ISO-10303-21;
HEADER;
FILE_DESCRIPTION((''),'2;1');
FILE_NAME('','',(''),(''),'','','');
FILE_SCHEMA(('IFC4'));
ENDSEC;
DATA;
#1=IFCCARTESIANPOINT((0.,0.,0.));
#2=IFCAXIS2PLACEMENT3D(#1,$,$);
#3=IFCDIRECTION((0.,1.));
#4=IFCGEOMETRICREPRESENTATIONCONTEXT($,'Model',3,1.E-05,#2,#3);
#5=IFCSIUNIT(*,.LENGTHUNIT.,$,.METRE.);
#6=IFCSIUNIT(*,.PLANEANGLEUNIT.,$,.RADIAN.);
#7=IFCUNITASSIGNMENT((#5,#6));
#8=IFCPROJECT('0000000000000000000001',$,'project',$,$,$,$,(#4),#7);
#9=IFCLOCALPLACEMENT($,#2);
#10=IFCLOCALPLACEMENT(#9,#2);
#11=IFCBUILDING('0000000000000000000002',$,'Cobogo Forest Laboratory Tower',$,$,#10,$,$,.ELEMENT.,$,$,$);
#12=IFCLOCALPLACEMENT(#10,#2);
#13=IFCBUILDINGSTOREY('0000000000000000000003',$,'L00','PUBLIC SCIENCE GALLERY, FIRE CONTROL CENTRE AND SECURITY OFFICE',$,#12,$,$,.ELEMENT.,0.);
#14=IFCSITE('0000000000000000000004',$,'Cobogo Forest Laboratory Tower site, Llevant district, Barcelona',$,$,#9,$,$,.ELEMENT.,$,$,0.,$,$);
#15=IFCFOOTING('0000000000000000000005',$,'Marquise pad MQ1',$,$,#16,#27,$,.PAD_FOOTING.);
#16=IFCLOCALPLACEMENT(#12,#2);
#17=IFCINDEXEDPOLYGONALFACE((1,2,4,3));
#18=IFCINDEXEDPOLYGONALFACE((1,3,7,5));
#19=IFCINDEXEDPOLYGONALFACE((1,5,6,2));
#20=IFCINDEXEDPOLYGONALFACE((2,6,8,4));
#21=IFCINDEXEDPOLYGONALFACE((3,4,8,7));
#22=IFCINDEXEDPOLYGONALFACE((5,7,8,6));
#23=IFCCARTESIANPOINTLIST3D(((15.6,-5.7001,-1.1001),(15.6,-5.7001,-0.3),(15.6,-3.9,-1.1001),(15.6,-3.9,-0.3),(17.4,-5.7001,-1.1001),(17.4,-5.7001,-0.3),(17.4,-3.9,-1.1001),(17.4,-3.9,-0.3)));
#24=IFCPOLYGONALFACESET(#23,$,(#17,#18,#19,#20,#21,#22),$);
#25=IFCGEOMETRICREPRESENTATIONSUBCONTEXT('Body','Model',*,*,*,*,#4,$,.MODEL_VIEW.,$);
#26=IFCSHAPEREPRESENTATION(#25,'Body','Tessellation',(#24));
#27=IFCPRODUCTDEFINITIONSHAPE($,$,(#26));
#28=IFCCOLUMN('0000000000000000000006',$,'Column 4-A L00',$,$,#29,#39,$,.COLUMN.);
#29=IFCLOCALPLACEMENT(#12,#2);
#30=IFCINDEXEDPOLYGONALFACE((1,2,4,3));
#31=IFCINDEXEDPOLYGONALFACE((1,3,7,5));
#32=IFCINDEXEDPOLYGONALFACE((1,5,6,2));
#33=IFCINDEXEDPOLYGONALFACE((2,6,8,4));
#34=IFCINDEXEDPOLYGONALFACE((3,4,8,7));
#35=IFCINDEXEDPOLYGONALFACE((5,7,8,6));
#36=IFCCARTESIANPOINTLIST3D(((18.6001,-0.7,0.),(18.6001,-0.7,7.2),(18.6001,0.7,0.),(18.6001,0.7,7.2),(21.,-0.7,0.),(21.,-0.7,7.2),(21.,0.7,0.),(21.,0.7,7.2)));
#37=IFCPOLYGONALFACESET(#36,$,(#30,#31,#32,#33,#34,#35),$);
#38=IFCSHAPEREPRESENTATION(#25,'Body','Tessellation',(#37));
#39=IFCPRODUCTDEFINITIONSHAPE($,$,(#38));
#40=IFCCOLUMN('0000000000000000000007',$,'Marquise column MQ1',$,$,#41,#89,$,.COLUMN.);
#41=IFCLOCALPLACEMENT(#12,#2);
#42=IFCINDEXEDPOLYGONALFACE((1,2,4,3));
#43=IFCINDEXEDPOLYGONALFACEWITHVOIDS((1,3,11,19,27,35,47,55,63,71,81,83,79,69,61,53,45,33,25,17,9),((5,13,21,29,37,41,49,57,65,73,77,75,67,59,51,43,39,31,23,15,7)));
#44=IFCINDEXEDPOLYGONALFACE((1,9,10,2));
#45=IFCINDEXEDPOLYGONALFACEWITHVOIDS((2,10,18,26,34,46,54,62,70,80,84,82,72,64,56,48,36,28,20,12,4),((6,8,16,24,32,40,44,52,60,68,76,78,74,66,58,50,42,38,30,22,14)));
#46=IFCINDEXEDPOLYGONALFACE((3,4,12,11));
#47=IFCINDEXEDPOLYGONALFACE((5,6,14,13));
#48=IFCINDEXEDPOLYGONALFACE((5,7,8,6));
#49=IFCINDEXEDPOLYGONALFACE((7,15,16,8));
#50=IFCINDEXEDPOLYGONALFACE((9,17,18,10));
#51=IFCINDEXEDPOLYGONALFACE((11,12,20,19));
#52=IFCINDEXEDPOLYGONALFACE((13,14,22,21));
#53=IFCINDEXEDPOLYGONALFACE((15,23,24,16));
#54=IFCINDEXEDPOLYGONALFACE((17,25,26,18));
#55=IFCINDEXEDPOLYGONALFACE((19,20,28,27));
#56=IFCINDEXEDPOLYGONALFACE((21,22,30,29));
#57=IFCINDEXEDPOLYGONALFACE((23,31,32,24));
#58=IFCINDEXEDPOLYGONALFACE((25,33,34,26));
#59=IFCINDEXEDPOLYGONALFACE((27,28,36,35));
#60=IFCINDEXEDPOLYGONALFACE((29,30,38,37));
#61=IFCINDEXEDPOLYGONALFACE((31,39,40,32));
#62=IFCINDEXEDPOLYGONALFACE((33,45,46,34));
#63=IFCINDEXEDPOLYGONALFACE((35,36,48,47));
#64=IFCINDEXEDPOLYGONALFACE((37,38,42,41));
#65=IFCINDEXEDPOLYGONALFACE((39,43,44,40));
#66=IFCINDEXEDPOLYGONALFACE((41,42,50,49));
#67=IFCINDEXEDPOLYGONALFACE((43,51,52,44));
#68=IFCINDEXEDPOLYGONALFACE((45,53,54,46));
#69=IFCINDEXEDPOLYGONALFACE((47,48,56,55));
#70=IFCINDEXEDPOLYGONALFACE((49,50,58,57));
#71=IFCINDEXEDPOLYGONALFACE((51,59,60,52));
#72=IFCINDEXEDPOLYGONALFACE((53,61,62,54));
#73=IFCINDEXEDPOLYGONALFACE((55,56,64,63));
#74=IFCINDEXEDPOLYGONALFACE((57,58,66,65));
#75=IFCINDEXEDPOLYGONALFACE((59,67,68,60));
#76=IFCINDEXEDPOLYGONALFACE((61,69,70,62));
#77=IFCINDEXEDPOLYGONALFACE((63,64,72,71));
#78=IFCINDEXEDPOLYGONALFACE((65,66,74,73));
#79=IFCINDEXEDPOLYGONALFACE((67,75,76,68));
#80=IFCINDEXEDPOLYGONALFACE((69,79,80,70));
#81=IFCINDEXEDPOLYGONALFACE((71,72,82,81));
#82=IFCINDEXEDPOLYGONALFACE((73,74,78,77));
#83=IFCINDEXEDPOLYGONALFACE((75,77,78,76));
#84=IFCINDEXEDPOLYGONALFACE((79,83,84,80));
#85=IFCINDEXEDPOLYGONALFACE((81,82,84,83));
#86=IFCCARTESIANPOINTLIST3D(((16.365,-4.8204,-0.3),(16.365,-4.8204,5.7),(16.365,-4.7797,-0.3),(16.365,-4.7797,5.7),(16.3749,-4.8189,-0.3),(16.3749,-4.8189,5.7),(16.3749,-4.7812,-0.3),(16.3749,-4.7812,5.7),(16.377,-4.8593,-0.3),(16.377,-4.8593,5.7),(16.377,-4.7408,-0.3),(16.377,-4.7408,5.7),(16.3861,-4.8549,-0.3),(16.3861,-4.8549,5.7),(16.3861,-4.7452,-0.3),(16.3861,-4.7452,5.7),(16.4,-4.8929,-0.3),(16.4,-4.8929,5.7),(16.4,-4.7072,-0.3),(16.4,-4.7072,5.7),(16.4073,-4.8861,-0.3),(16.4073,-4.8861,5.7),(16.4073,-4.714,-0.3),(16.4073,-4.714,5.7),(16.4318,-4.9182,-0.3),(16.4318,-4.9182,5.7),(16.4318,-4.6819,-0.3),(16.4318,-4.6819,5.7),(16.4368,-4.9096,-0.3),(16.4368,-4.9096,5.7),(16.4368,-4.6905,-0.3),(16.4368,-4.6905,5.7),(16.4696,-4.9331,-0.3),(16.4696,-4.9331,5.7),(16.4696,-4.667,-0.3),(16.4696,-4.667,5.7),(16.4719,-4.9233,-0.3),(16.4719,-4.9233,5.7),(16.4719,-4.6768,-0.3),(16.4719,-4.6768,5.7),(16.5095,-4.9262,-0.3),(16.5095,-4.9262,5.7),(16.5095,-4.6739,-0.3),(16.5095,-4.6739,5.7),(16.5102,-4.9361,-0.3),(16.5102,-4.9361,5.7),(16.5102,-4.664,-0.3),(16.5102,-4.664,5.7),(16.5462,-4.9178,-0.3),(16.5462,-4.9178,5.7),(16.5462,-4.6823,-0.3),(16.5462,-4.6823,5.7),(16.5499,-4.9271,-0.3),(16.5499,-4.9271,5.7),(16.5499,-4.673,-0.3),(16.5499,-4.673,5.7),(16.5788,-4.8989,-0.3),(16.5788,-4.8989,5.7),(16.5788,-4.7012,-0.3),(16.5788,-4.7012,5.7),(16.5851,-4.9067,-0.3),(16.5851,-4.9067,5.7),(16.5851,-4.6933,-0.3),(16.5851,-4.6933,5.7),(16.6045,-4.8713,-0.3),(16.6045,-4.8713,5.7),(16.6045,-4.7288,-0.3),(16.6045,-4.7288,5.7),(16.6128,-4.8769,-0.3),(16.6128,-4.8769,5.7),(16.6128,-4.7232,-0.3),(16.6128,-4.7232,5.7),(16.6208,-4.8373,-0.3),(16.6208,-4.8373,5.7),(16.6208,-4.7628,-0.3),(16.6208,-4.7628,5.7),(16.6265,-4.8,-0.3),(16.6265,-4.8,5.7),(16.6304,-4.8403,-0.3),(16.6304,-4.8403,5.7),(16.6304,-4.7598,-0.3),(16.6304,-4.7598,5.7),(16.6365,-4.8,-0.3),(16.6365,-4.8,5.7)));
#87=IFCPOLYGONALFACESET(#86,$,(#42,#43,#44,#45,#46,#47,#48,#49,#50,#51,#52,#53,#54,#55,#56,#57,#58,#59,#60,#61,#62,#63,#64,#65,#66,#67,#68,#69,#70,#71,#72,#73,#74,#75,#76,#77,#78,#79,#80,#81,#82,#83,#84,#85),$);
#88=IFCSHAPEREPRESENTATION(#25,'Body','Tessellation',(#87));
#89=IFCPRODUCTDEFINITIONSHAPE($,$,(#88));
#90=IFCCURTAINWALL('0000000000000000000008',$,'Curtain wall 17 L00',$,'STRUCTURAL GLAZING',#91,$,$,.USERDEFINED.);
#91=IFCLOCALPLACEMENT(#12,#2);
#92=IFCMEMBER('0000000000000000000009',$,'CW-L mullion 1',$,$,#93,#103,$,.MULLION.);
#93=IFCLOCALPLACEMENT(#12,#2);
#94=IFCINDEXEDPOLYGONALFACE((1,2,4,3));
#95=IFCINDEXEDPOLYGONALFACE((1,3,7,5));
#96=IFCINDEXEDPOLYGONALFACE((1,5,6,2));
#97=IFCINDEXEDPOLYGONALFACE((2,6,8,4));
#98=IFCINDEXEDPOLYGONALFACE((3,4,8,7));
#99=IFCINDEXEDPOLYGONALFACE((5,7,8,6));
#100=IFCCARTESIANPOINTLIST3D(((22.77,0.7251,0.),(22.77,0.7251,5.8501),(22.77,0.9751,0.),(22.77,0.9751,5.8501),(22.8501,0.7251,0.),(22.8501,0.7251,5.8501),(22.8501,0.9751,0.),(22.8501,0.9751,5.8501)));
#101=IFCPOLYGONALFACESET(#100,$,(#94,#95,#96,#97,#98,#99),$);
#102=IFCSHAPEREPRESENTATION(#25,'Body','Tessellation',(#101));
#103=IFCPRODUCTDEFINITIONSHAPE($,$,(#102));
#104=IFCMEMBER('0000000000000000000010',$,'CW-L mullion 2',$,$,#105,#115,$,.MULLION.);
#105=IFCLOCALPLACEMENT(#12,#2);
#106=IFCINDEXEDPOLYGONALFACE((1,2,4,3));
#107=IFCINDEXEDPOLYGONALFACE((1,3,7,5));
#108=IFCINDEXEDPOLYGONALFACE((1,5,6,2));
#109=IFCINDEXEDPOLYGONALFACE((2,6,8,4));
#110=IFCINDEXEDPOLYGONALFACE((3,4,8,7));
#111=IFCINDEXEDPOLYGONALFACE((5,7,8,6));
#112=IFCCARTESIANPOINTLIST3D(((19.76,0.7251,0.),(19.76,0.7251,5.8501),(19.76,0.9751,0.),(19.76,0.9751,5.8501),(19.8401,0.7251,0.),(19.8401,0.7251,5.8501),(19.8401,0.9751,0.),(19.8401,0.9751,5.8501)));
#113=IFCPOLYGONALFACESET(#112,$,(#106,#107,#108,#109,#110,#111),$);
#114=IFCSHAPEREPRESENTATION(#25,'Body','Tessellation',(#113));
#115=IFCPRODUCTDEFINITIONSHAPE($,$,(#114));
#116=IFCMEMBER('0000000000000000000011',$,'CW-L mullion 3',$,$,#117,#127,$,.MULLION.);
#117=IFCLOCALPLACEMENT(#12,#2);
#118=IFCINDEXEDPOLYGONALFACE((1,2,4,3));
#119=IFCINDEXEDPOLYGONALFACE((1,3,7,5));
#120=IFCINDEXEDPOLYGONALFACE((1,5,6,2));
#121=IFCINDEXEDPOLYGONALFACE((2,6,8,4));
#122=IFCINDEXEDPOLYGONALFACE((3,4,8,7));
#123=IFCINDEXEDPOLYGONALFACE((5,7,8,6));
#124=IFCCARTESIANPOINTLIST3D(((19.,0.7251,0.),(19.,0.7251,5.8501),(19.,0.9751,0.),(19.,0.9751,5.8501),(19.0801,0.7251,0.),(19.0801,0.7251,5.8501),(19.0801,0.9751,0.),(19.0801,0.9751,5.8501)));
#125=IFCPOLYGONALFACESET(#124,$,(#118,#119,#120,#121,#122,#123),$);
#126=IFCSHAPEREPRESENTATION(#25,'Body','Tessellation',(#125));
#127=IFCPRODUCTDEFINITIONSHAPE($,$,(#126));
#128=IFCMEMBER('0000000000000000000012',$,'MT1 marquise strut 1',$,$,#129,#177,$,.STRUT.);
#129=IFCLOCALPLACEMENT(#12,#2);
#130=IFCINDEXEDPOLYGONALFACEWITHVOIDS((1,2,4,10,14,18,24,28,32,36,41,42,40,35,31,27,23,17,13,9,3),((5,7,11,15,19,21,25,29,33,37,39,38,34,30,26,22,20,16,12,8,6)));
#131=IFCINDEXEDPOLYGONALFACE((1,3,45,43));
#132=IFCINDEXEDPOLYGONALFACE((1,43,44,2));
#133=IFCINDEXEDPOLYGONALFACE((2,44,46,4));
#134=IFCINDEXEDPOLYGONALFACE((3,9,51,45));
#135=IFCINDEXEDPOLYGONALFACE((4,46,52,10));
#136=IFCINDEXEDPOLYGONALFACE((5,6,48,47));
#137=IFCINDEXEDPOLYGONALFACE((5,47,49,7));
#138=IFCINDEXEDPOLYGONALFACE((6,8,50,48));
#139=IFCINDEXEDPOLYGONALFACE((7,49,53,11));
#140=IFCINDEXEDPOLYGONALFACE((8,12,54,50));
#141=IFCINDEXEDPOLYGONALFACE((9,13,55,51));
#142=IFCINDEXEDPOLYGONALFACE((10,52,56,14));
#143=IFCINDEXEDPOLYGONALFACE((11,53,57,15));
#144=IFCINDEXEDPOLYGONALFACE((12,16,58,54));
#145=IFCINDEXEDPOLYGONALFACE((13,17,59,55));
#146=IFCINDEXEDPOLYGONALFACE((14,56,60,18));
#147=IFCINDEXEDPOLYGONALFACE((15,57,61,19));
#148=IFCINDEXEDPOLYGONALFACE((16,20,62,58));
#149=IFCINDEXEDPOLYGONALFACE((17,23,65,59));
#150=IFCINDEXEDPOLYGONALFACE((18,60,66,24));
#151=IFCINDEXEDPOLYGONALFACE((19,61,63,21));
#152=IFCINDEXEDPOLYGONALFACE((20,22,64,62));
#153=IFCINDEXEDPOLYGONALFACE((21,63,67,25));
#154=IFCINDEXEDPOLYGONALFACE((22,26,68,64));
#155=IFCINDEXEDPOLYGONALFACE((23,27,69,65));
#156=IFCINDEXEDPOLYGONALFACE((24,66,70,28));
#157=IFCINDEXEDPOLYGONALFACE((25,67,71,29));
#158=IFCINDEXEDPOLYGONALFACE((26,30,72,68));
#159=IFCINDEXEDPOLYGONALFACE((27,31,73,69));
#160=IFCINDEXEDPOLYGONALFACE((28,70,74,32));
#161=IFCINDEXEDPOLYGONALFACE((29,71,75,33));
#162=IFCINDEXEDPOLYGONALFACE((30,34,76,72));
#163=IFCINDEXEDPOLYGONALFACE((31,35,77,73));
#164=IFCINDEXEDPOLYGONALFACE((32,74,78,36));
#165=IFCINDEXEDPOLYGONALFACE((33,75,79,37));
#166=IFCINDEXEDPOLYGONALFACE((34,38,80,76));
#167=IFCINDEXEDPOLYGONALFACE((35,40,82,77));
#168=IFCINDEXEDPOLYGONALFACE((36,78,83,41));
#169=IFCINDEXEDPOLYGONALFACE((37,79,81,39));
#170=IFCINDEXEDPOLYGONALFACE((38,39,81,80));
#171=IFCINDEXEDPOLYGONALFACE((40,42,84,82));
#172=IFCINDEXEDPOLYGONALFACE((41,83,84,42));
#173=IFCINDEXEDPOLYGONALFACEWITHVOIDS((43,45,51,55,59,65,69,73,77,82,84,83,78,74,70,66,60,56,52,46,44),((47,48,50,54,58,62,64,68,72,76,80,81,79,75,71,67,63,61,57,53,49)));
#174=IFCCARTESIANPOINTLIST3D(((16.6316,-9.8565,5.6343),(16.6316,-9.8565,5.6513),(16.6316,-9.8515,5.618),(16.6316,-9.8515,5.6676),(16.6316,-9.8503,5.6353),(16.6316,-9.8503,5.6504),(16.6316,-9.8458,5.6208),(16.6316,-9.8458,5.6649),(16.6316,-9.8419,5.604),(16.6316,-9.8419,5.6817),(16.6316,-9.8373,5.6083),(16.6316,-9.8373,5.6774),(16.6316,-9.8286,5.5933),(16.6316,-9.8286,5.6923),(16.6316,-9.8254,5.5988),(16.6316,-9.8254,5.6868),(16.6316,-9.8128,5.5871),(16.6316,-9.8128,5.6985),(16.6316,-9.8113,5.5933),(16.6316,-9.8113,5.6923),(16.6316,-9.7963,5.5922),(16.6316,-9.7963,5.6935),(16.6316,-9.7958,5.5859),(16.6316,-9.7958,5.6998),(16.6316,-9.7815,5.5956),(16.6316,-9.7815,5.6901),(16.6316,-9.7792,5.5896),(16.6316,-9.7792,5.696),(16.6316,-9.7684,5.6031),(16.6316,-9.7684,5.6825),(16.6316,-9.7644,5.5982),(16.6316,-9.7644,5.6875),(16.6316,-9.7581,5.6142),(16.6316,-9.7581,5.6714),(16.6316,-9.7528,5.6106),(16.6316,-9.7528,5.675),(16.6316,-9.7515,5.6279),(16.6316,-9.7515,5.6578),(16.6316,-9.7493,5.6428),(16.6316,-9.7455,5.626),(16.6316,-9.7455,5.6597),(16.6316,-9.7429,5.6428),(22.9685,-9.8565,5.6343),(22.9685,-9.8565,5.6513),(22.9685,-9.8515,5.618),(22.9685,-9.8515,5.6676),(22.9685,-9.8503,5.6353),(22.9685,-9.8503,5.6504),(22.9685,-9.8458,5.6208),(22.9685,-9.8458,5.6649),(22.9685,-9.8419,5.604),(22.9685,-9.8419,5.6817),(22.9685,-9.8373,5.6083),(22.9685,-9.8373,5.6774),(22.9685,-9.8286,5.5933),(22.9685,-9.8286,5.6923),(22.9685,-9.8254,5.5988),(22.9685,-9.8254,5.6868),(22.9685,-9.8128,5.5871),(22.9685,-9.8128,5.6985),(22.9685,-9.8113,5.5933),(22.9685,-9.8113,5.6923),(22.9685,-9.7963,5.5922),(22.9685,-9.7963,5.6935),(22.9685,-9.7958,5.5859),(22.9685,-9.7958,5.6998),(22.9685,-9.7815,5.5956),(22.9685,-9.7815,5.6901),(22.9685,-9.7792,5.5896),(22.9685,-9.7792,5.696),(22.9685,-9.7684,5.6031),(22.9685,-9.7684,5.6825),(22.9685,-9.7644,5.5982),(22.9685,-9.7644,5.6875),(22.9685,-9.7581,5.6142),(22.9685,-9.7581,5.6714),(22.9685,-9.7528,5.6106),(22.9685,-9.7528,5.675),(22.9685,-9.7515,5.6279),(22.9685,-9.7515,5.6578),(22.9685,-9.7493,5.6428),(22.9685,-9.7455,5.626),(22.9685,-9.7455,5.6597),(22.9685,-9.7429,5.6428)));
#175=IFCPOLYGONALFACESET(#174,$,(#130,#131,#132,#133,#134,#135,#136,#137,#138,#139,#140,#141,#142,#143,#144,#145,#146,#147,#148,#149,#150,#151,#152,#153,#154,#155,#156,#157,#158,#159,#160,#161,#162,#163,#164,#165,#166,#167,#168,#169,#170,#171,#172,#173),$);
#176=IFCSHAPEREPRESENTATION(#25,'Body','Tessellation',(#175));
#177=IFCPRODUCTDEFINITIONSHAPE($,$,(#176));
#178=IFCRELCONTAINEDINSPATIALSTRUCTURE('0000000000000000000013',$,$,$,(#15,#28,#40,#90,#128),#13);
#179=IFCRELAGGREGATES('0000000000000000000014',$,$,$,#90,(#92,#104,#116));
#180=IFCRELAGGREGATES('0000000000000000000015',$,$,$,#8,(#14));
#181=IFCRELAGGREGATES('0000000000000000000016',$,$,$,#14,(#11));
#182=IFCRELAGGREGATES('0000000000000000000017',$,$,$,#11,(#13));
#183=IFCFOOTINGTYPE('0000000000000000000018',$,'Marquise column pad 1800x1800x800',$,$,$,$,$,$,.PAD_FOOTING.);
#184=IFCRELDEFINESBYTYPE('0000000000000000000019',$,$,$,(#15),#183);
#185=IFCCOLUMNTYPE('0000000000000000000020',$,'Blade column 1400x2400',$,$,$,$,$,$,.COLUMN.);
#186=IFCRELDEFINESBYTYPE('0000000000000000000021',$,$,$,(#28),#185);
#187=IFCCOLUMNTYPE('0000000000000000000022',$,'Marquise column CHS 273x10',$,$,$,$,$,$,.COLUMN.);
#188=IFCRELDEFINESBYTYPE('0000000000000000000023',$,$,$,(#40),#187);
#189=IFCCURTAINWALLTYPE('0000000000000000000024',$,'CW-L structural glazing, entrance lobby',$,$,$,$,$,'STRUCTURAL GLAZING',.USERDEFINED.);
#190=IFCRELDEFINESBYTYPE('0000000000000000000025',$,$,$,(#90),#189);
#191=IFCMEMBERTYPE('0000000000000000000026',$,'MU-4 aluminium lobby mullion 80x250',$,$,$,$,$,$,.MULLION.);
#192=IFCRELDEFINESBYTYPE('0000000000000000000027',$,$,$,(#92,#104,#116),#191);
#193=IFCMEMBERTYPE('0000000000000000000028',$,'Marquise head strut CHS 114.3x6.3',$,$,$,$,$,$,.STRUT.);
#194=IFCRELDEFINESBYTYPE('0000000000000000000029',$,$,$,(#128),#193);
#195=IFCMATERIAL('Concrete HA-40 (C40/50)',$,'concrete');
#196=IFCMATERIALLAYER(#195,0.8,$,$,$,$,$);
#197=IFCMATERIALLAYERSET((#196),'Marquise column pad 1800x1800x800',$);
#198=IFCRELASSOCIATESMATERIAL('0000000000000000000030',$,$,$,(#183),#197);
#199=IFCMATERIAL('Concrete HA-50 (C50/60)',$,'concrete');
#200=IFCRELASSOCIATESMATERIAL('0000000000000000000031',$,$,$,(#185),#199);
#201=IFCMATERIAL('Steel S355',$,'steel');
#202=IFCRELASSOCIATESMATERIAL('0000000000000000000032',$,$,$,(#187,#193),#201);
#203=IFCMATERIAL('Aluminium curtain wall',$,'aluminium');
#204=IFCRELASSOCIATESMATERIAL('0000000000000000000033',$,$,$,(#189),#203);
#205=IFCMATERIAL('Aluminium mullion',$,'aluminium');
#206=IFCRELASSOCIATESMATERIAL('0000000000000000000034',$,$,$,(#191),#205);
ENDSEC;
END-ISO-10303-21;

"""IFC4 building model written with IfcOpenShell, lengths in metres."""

from ifc_helpers import new_model, si_unit, direction, frame, origin, origin_2d, place, context, subcontext, project, spatial, rectangle, hollow_circle, extrude, material, layer, layer_set, material_profile, profile_set, type_object, element, aggregate, save


model = new_model("IFC4")

# Units and contexts
model_context = context("Model", 3, precision=1e-05, world=origin(), true_north=direction((0.0, 1.0)))
body_context = subcontext(model_context, "Body", "Model", "MODEL_VIEW")
ifc_project = project(units=[si_unit("LENGTHUNIT", "METRE"), si_unit("PLANEANGLEUNIT", "RADIAN")], contexts=[model_context])

# Site, building, storey
site_placement = place(None, origin())
site = spatial("IfcSite", under=ifc_project, at=site_placement, Name="Cobogo Forest Laboratory Tower site, Llevant district, Barcelona", CompositionType="ELEMENT", RefElevation=0.0)
building_placement = place(site_placement, origin())
building = spatial("IfcBuilding", under=site, at=building_placement, Name="Cobogo Forest Laboratory Tower", CompositionType="ELEMENT")
storey_placement = place(building_placement, origin())
storey = spatial("IfcBuildingStorey", under=building, at=storey_placement, Name="L00", Description="PUBLIC SCIENCE GALLERY, FIRE CONTROL CENTRE AND SECURITY OFFICE", CompositionType="ELEMENT", Elevation=0.0)

# Footing
ifc_material_1 = material(Name="Concrete HA-40 (C40/50)", Category="concrete")
ifc_layer_1 = layer(ifc_material_1, 0.8)
ifc_layer_set_1 = layer_set([ifc_layer_1], Name="Marquise column pad 1800x1800x800")
footing_type = type_object("IfcFootingType", Name="Marquise column pad 1800x1800x800", PredefinedType="PAD_FOOTING", material=ifc_layer_set_1)
footing_placement = place(storey_placement, frame((16.5, -4.8, -1.1001), z_axis=(0.0, 0.0, 1.0), x_axis=(1.0, 0.0, 0.0)))
element("IfcFooting", 1, at=footing_placement, inside=storey, type_object=footing_type, Name="Marquise pad MQ1", PredefinedType="PAD_FOOTING", context=body_context, shape_type="SweptSolid", body=[
    extrude(rectangle(XDim=1.8, YDim=1.8, at=origin_2d()), origin(), (0.0, 0.0, 1.0), 0.8),
])

# Columns
ifc_material_2 = material(Name="Concrete HA-50 (C50/60)", Category="concrete")
ifc_material_profile_1 = material_profile(ifc_material_2, rectangle(XDim=2.3999, YDim=1.3999, at=origin_2d()), Name="RC 1400x2400")
ifc_profile_set_1 = profile_set([ifc_material_profile_1], Name="Concrete HA-50 (C50/60)")
column_type_1 = type_object("IfcColumnType", Name="Blade column 1400x2400", PredefinedType="COLUMN", material=ifc_profile_set_1)
column_1_placement = place(storey_placement, frame((19.8, 0.0, 0.0), z_axis=(0.0, 0.0, 1.0), x_axis=(1.0, 0.0, 0.0)))
element("IfcColumn", 2, at=column_1_placement, inside=storey, type_object=column_type_1, Name="Column 4-A L00", PredefinedType="COLUMN", context=body_context, shape_type="SweptSolid", body=[
    extrude(rectangle(XDim=2.3999, YDim=1.3999, at=origin_2d()), origin(), (0.0, 0.0, 1.0), 7.2),
])
ifc_material_3 = material(Name="Steel S355", Category="steel")
ifc_material_profile_2 = material_profile(ifc_material_3, hollow_circle(Radius=0.1365, WallThickness=0.01, at=origin_2d()), Name="CHS 273x10")
ifc_profile_set_2 = profile_set([ifc_material_profile_2], Name="Steel S355")
column_type_2 = type_object("IfcColumnType", Name="Marquise column CHS 273x10", PredefinedType="COLUMN", material=ifc_profile_set_2)
column_2_placement = place(storey_placement, frame((16.5, -4.8, -0.3), z_axis=(0.0, 0.0, 1.0), x_axis=(1.0, 0.0, 0.0)))
element("IfcColumn", 3, at=column_2_placement, inside=storey, type_object=column_type_2, Name="Marquise column MQ1", PredefinedType="COLUMN", context=body_context, shape_type="SweptSolid", body=[
    extrude(hollow_circle(Radius=0.1365, WallThickness=0.01, at=origin_2d()), origin(), (0.0, 0.0, 1.0), 6.0),
])

# Curtain wall, members
ifc_material_4 = material(Name="Aluminium curtain wall", Category="aluminium")
curtain_wall_type = type_object("IfcCurtainWallType", Name="CW-L structural glazing, entrance lobby", ElementType="STRUCTURAL GLAZING", PredefinedType="USERDEFINED", material=ifc_material_4)
curtain_wall_placement = place(storey_placement, origin())
curtain_wall = element("IfcCurtainWall", 4, at=curtain_wall_placement, inside=storey, type_object=curtain_wall_type, Name="Curtain wall 17 L00", ObjectType="STRUCTURAL GLAZING", PredefinedType="USERDEFINED")
ifc_material_5 = material(Name="Aluminium mullion", Category="aluminium")
ifc_material_profile_3 = material_profile(ifc_material_5, rectangle(XDim=0.0801, YDim=0.25, at=origin_2d()), Name="AL 80x250")
ifc_profile_set_3 = profile_set([ifc_material_profile_3], Name="Aluminium mullion")
member_type_1 = type_object("IfcMemberType", Name="MU-4 aluminium lobby mullion 80x250", PredefinedType="MULLION", material=ifc_profile_set_3)
member_1_placement = place(storey_placement, frame((22.8101, 0.8501, 0.0), z_axis=(0.0, 0.0, 1.0), x_axis=(-1.0, 0.0, 0.0)))
member_1 = element("IfcMember", 5, at=member_1_placement, type_object=member_type_1, Name="CW-L mullion 1", PredefinedType="MULLION", context=body_context, shape_type="SweptSolid", body=[
    extrude(rectangle(XDim=0.0801, YDim=0.25, at=origin_2d()), origin(), (0.0, 0.0, 1.0), 5.8501),
])
member_2_placement = place(storey_placement, frame((19.8, 0.8501, 0.0), z_axis=(0.0, 0.0, 1.0), x_axis=(-1.0, 0.0, 0.0)))
member_2 = element("IfcMember", 6, at=member_2_placement, type_object=member_type_1, Name="CW-L mullion 2", PredefinedType="MULLION", context=body_context, shape_type="SweptSolid", body=[
    extrude(rectangle(XDim=0.0801, YDim=0.25, at=origin_2d()), origin(), (0.0, 0.0, 1.0), 5.8501),
])
member_3_placement = place(storey_placement, frame((19.04, 0.8501, 0.0), z_axis=(0.0, 0.0, 1.0), x_axis=(-1.0, 0.0, 0.0)))
member_3 = element("IfcMember", 7, at=member_3_placement, type_object=member_type_1, Name="CW-L mullion 3", PredefinedType="MULLION", context=body_context, shape_type="SweptSolid", body=[
    extrude(rectangle(XDim=0.0801, YDim=0.25, at=origin_2d()), origin(), (0.0, 0.0, 1.0), 5.8501),
])

# Member
ifc_material_profile_4 = material_profile(ifc_material_3, hollow_circle(Radius=0.0571, WallThickness=0.0063, at=origin_2d()), Name="CHS 114.3x6.3")
ifc_profile_set_4 = profile_set([ifc_material_profile_4], Name="Steel S355")
member_type_2 = type_object("IfcMemberType", Name="Marquise head strut CHS 114.3x6.3", PredefinedType="STRUT", material=ifc_profile_set_4)
for number, where, z_axis, x_axis, name in (
    (8, (16.6316, -9.8, 5.6428), (1.0, 0.0, 0.0), (0.0, 1.0, 0.0), "MT1 marquise strut 1"),
):
    element("IfcMember", number, at=place(storey_placement, frame(where, z_axis=z_axis, x_axis=x_axis)), inside=storey, type_object=member_type_2, Name=name, PredefinedType="STRUT", context=body_context, shape_type="SweptSolid", body=[
        extrude(hollow_circle(Radius=0.0571, WallThickness=0.0063, at=origin_2d()), origin(), (0.0, 0.0, 1.0), 6.3369),
    ])

aggregate(curtain_wall, [member_1, member_2, member_3])

save(model, "model.ifc")
